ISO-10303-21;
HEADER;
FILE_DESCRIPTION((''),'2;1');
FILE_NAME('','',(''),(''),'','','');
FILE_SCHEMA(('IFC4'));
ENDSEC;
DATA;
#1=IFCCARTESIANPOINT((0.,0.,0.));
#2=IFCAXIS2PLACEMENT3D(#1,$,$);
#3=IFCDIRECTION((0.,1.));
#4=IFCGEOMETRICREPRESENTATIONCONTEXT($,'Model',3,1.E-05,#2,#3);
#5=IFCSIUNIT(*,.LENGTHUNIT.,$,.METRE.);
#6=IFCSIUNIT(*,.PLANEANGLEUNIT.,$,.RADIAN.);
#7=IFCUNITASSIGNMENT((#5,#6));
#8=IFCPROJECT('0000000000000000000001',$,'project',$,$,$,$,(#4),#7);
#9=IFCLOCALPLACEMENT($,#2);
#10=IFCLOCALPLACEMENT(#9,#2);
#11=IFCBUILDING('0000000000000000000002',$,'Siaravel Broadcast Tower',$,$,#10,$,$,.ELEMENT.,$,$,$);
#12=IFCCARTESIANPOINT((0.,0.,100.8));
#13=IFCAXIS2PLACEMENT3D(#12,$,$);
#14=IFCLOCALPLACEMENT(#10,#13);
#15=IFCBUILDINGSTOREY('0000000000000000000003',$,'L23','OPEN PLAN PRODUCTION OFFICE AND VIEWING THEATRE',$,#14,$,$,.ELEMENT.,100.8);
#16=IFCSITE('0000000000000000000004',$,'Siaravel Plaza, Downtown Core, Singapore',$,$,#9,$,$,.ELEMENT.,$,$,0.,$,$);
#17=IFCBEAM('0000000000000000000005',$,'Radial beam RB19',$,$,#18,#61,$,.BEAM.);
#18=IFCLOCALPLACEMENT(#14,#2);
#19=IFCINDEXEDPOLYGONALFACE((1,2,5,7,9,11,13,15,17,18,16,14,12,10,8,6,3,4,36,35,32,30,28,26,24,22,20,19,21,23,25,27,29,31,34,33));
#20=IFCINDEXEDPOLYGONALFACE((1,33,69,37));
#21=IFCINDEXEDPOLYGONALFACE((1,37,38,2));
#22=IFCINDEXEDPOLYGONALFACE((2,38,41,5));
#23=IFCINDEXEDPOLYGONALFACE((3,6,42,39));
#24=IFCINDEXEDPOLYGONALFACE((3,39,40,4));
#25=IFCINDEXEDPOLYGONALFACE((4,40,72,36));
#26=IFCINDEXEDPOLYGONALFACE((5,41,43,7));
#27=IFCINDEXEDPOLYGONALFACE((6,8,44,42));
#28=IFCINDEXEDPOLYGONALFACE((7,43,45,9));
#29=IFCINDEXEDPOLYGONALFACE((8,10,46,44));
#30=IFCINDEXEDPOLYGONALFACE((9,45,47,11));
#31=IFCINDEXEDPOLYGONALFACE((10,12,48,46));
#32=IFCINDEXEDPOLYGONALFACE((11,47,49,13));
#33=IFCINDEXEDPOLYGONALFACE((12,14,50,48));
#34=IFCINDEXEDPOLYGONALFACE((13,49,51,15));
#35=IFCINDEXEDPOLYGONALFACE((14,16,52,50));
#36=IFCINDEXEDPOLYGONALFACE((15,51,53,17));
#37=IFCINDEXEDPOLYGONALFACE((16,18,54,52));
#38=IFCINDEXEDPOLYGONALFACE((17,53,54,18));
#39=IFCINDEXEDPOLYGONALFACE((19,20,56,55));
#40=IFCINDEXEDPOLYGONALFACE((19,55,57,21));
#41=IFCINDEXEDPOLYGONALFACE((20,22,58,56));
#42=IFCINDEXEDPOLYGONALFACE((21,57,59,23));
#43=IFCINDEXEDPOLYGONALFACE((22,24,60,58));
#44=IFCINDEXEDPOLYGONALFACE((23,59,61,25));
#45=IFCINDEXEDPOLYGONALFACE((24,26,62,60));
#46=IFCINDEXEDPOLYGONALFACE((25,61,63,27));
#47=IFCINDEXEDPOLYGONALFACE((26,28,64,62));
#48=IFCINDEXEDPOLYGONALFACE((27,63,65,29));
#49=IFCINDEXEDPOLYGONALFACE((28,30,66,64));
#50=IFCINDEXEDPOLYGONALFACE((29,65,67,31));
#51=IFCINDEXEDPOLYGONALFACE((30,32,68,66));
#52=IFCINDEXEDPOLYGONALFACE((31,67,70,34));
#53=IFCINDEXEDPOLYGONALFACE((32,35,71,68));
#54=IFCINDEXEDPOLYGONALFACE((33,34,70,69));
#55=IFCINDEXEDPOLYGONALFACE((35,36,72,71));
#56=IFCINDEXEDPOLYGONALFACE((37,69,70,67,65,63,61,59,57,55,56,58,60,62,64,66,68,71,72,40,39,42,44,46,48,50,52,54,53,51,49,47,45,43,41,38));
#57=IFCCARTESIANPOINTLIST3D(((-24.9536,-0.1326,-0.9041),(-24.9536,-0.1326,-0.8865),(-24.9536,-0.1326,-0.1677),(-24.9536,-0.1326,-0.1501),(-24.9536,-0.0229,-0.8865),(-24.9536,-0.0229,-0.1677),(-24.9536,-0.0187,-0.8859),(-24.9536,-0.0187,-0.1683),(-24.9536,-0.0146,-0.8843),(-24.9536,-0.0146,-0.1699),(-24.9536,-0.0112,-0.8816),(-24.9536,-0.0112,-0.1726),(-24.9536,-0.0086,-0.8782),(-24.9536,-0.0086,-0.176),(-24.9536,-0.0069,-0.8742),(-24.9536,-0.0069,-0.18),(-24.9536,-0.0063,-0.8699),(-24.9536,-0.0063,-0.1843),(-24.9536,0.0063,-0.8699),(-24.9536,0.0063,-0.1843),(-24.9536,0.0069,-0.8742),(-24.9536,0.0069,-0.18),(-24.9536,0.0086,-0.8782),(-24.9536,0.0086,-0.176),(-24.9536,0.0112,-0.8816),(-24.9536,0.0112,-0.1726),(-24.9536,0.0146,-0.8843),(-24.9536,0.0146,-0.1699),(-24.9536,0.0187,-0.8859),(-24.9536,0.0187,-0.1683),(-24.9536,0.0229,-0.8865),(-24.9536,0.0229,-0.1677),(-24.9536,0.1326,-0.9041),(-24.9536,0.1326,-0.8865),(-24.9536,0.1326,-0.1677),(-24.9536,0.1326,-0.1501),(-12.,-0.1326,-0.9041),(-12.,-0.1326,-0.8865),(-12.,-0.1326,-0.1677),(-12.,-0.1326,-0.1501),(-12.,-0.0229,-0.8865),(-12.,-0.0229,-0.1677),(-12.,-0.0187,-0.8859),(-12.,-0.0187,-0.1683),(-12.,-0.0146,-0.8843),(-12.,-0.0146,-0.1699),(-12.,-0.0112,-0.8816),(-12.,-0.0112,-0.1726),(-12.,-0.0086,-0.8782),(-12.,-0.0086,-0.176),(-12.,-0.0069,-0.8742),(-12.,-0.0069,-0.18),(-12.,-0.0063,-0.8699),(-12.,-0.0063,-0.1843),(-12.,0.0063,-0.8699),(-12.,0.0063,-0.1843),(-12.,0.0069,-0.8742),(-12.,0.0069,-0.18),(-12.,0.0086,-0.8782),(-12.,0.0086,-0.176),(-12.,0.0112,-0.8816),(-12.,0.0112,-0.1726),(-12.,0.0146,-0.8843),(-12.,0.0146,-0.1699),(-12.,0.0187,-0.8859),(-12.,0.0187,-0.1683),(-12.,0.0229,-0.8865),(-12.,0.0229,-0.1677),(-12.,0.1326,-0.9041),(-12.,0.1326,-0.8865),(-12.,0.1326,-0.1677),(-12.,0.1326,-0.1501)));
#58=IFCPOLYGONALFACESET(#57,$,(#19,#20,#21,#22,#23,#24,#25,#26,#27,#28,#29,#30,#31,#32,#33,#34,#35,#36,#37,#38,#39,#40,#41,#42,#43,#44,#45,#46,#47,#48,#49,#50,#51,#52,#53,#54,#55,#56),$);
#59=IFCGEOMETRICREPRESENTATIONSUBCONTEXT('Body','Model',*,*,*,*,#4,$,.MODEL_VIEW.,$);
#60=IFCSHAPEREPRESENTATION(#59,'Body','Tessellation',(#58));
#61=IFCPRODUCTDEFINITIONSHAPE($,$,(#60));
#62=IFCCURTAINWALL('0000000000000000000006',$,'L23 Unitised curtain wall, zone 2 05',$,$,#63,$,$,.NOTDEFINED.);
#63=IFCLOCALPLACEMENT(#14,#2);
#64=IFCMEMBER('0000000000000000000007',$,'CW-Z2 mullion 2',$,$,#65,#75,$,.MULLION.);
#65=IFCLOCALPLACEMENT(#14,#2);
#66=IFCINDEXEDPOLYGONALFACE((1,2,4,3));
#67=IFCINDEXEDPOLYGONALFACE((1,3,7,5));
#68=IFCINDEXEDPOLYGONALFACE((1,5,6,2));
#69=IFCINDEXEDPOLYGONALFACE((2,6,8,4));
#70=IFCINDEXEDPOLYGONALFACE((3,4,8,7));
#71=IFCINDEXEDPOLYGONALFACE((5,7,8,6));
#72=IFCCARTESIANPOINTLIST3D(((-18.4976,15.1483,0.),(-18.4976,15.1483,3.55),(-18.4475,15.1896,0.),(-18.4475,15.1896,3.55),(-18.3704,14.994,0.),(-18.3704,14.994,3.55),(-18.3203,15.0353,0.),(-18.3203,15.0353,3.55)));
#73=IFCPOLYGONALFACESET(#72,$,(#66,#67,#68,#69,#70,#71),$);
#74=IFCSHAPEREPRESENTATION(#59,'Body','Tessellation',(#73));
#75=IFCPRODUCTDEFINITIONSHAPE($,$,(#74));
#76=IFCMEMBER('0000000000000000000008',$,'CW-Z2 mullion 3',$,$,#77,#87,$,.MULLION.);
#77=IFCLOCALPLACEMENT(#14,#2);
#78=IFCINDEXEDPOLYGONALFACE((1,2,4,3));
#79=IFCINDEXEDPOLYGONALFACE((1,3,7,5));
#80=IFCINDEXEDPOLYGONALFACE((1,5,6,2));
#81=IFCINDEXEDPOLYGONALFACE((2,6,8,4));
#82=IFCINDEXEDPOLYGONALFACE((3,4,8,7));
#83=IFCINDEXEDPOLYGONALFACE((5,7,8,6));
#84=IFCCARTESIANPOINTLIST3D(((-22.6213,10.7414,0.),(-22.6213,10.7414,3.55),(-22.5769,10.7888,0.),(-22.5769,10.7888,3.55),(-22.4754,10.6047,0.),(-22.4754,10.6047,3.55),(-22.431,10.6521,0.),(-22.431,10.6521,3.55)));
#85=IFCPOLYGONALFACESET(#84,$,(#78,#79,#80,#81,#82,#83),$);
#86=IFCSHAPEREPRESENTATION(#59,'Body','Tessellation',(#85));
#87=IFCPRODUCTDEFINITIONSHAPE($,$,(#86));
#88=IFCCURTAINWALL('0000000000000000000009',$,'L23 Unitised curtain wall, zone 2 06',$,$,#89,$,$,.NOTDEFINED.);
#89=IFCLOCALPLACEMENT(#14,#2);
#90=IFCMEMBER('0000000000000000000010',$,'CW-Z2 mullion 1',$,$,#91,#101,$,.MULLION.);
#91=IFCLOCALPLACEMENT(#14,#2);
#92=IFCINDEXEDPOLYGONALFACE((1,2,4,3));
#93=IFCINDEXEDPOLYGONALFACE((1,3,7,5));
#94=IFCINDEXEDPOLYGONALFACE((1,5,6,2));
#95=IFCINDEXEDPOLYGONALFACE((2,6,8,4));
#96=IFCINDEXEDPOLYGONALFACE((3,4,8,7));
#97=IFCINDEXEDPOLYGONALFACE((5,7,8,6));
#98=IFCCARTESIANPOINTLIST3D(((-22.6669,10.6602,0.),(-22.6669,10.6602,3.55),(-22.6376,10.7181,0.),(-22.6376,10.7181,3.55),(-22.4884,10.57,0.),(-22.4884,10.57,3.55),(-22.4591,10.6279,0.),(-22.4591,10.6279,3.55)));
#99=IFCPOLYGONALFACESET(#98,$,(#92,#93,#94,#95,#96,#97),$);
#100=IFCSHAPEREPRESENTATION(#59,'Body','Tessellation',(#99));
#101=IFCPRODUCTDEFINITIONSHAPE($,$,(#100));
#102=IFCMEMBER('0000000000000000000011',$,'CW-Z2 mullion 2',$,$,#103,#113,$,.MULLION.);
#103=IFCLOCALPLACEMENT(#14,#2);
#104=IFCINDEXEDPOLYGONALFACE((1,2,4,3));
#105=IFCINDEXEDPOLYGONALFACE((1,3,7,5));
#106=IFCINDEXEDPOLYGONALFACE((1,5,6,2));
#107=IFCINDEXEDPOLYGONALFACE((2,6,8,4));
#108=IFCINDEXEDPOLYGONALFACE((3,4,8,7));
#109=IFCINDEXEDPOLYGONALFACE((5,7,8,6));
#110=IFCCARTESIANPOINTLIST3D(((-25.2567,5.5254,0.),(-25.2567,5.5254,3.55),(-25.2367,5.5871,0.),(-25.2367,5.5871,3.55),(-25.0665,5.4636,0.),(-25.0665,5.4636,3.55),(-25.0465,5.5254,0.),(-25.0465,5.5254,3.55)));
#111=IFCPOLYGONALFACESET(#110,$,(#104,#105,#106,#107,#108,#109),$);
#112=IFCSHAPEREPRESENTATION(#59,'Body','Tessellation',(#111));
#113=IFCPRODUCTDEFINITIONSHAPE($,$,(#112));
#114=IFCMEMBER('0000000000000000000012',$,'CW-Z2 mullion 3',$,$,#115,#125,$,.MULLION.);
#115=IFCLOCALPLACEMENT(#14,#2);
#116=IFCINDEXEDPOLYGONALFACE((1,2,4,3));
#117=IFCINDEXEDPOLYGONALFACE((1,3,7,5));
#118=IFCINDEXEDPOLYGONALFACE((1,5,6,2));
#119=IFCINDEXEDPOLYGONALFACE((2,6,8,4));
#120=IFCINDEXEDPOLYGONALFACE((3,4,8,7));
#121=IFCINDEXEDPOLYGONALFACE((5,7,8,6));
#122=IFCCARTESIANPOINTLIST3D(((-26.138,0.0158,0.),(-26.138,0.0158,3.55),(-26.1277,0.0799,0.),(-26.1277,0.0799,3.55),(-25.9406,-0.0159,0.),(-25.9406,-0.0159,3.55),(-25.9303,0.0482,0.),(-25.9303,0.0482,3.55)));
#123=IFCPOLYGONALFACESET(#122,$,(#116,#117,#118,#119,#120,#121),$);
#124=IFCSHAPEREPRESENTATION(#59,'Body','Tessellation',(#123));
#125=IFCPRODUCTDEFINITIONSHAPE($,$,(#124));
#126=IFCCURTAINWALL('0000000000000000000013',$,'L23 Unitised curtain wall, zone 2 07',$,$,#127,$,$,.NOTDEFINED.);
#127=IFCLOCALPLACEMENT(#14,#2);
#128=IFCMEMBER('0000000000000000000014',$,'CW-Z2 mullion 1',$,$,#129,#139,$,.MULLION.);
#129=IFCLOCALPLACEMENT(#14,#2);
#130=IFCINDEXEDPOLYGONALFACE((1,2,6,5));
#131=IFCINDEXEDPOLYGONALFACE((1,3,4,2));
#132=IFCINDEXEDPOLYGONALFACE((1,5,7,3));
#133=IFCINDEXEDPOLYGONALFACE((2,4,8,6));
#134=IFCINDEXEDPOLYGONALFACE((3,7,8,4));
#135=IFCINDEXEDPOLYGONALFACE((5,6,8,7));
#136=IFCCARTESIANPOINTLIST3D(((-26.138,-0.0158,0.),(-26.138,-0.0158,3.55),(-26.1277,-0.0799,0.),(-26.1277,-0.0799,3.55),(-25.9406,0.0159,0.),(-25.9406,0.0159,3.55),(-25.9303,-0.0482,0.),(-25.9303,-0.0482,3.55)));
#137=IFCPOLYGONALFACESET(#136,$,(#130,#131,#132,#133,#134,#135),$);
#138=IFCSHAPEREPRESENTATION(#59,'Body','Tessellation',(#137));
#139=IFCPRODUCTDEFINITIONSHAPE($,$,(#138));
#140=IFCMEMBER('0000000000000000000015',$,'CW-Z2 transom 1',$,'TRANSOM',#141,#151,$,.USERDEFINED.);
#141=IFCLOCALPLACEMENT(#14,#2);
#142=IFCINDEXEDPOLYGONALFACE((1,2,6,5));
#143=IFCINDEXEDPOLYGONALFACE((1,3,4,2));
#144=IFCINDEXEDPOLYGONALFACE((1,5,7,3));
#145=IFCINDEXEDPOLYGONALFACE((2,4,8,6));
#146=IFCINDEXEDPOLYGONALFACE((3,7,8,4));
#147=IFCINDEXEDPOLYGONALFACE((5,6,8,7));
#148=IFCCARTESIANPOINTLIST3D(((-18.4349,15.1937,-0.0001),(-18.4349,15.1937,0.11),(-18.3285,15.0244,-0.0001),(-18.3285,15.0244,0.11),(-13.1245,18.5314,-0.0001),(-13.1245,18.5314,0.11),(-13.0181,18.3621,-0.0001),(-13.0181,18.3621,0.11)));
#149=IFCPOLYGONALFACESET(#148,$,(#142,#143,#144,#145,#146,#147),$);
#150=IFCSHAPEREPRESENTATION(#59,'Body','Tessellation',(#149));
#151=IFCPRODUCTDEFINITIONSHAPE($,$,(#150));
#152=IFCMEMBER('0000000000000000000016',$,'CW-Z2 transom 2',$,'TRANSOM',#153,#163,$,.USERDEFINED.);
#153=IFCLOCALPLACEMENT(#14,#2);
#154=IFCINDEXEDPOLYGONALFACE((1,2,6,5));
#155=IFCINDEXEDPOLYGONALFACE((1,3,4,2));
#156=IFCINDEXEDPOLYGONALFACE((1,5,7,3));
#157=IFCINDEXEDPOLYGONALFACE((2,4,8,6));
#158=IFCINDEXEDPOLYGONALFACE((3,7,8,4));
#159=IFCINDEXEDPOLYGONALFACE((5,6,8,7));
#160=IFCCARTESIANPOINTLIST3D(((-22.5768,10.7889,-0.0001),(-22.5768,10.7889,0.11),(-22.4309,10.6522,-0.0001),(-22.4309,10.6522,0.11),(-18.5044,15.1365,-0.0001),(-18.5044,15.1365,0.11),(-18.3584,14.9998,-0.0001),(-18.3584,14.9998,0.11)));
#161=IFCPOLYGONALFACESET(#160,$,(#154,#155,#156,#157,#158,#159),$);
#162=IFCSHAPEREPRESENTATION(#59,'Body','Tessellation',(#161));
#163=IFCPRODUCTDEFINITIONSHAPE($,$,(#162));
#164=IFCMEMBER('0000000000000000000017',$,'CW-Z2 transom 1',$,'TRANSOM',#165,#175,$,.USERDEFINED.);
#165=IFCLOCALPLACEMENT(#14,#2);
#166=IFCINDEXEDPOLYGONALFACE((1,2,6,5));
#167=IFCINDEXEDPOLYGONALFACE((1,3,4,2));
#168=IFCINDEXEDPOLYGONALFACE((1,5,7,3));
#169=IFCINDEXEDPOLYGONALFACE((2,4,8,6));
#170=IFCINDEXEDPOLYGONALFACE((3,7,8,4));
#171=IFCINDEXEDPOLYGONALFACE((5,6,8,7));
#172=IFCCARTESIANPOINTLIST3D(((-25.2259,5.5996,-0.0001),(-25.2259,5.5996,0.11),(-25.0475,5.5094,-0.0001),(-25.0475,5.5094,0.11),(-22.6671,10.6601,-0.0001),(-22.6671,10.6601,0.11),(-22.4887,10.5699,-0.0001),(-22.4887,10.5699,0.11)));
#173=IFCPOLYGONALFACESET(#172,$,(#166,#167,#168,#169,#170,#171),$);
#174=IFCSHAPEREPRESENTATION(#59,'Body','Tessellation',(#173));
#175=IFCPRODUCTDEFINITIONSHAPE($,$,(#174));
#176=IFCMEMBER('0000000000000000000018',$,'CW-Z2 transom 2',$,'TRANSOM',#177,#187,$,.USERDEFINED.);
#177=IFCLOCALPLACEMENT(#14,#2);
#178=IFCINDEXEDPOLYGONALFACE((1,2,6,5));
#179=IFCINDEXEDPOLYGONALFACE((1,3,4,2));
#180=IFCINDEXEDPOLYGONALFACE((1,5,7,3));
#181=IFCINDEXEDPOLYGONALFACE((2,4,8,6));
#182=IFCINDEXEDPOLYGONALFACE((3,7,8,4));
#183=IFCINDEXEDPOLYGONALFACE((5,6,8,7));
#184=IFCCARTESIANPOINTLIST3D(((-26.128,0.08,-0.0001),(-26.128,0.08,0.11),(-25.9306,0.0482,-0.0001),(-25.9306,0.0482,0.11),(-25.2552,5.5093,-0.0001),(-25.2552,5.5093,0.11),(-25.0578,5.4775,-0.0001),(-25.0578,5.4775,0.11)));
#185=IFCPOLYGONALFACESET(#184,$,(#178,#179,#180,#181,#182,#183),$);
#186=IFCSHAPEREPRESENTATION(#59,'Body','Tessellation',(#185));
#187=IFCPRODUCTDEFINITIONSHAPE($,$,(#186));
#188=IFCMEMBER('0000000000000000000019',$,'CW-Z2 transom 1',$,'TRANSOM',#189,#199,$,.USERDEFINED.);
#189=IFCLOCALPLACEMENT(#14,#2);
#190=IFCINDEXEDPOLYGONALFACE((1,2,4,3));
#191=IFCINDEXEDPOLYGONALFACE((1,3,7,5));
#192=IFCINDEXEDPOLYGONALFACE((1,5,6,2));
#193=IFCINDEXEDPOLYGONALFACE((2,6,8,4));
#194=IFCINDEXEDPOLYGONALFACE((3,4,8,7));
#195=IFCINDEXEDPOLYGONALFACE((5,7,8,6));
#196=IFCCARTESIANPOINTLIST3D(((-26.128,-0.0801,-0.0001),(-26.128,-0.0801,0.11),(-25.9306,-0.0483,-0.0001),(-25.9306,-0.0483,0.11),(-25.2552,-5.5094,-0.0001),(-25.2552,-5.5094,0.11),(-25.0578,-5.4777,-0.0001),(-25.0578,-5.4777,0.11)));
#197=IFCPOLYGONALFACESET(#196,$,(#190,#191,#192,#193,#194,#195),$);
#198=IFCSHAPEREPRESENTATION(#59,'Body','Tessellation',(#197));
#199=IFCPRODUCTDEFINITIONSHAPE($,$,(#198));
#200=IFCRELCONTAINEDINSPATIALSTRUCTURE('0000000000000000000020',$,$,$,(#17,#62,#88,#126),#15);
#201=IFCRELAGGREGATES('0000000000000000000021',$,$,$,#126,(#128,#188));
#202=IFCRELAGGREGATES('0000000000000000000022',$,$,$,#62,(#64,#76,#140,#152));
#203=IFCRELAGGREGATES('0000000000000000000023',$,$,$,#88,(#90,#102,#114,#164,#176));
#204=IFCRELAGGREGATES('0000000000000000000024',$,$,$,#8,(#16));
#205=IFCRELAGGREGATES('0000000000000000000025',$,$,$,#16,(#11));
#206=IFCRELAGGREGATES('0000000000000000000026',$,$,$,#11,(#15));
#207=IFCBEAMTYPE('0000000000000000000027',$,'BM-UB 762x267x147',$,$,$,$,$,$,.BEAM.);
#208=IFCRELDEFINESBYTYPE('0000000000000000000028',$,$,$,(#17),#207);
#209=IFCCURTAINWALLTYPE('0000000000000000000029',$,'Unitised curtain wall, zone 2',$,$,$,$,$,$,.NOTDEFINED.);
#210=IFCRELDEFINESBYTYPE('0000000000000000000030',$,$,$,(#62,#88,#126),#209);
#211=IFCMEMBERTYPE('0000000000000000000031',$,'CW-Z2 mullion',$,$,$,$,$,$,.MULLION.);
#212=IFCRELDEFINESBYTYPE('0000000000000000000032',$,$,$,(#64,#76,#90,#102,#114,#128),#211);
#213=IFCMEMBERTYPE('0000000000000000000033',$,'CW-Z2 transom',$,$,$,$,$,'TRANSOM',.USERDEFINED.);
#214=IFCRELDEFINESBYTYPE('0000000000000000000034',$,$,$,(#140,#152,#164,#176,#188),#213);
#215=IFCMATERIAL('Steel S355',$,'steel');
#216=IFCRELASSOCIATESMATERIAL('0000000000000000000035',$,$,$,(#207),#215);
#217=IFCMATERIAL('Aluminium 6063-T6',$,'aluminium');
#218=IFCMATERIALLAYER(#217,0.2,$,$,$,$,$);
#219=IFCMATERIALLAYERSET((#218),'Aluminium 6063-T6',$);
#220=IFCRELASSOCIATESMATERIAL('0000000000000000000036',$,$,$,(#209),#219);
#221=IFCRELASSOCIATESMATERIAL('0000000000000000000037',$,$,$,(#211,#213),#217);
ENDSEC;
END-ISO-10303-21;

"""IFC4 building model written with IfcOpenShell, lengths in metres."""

from ifc_helpers import new_model, si_unit, direction, frame, origin, origin_2d, place, context, subcontext, project, spatial, rectangle, i_section, extrude, material, layer, layer_set, material_profile, profile_set, type_object, element, aggregate, save


model = new_model("IFC4")

# Units and contexts
model_context = context("Model", 3, precision=1e-05, world=origin(), true_north=direction((0.0, 1.0)))
body_context = subcontext(model_context, "Body", "Model", "MODEL_VIEW")
ifc_project = project(units=[si_unit("LENGTHUNIT", "METRE"), si_unit("PLANEANGLEUNIT", "RADIAN")], contexts=[model_context])

# Site, building, storey
site_placement = place(None, origin())
site = spatial("IfcSite", under=ifc_project, at=site_placement, Name="Siaravel Plaza, Downtown Core, Singapore", CompositionType="ELEMENT", RefElevation=0.0)
building_placement = place(site_placement, origin())
building = spatial("IfcBuilding", under=site, at=building_placement, Name="Siaravel Broadcast Tower", CompositionType="ELEMENT")
storey_placement = place(building_placement, frame((0.0, 0.0, 100.8)))
storey = spatial("IfcBuildingStorey", under=building, at=storey_placement, Name="L23", Description="OPEN PLAN PRODUCTION OFFICE AND VIEWING THEATRE", CompositionType="ELEMENT", Elevation=100.8)

# Beam
ifc_material_1 = material(Name="Steel S355", Category="steel")
ifc_material_profile_1 = material_profile(ifc_material_1, i_section(OverallWidth=0.2651, OverallDepth=0.7539, WebThickness=0.0127, FlangeThickness=0.0176, FilletRadius=0.0166, at=origin_2d()))
ifc_profile_set_1 = profile_set([ifc_material_profile_1], Name="Steel S355")
beam_type = type_object("IfcBeamType", Name="BM-UB 762x267x147", PredefinedType="BEAM", material=ifc_profile_set_1)
beam_1_placement = place(storey_placement, frame((-24.9536, 0.0, -0.5271), z_axis=(1.0, 0.0, 0.0), x_axis=(0.0, 1.0, 0.0)))
element("IfcBeam", 1, at=beam_1_placement, inside=storey, type_object=beam_type, Name="Radial beam RB19", PredefinedType="BEAM", context=body_context, shape_type="SweptSolid", body=[
    extrude(i_section(OverallWidth=0.2651, OverallDepth=0.7539, WebThickness=0.0127, FlangeThickness=0.0176, FilletRadius=0.0166, at=origin_2d()), origin(), (0.0, 0.0, 1.0), 12.9536),
])

# Curtain walls, members
ifc_material_2 = material(Name="Aluminium 6063-T6", Category="aluminium")
ifc_layer_1 = layer(ifc_material_2, 0.2)
ifc_layer_set_1 = layer_set([ifc_layer_1], Name="Aluminium 6063-T6")
curtain_wall_type = type_object("IfcCurtainWallType", Name="Unitised curtain wall, zone 2", PredefinedType="NOTDEFINED", material=ifc_layer_set_1)
curtain_wall_1_placement = place(storey_placement, origin())
curtain_wall_1 = element("IfcCurtainWall", 2, at=curtain_wall_1_placement, inside=storey, type_object=curtain_wall_type, Name="L23 Unitised curtain wall, zone 2 05", PredefinedType="NOTDEFINED")
ifc_material_profile_2 = material_profile(ifc_material_2, rectangle(XDim=0.2, YDim=0.0649, at=origin_2d()))
ifc_profile_set_2 = profile_set([ifc_material_profile_2], Name="Aluminium 6063-T6")
member_type_1 = type_object("IfcMemberType", Name="CW-Z2 mullion", PredefinedType="MULLION", material=ifc_profile_set_2)
member_1_placement = place(storey_placement, frame((-18.4089, 15.0918, 0.0), z_axis=(0.0, 0.0, 1.0), x_axis=(0.636218, -0.771509, 0.0)))
member_1 = element("IfcMember", 3, at=member_1_placement, type_object=member_type_1, Name="CW-Z2 mullion 2", PredefinedType="MULLION", context=body_context, shape_type="SweptSolid", body=[
    extrude(rectangle(XDim=0.2, YDim=0.0649, at=origin_2d()), origin(), (0.0, 0.0, 1.0), 3.55),
])
member_2_placement = place(storey_placement, frame((-22.5261, 10.6968, 0.0), z_axis=(0.0, 0.0, 1.0), x_axis=(0.729805, -0.683656, 0.0)))
member_2 = element("IfcMember", 4, at=member_2_placement, type_object=member_type_1, Name="CW-Z2 mullion 3", PredefinedType="MULLION", context=body_context, shape_type="SweptSolid", body=[
    extrude(rectangle(XDim=0.2, YDim=0.0649, at=origin_2d()), origin(), (0.0, 0.0, 1.0), 3.55),
])
curtain_wall_2_placement = place(storey_placement, origin())
curtain_wall_2 = element("IfcCurtainWall", 5, at=curtain_wall_2_placement, inside=storey, type_object=curtain_wall_type, Name="L23 Unitised curtain wall, zone 2 06", PredefinedType="NOTDEFINED")
member_3_placement = place(storey_placement, frame((-22.563, 10.644, 0.0), z_axis=(0.0, 0.0, 1.0), x_axis=(0.892392, -0.451261, 0.0)))
member_3 = element("IfcMember", 6, at=member_3_placement, type_object=member_type_1, Name="CW-Z2 mullion 1", PredefinedType="MULLION", context=body_context, shape_type="SweptSolid", body=[
    extrude(rectangle(XDim=0.2, YDim=0.0649, at=origin_2d()), origin(), (0.0, 0.0, 1.0), 3.55),
])
member_4_placement = place(storey_placement, frame((-25.1516, 5.5254, 0.0), z_axis=(0.0, 0.0, 1.0), x_axis=(0.951177, -0.308646, 0.0)))
member_4 = element("IfcMember", 7, at=member_4_placement, type_object=member_type_1, Name="CW-Z2 mullion 2", PredefinedType="MULLION", context=body_context, shape_type="SweptSolid", body=[
    extrude(rectangle(XDim=0.2, YDim=0.0649, at=origin_2d()), origin(), (0.0, 0.0, 1.0), 3.55),
])
member_5_placement = place(storey_placement, frame((-26.0342, 0.032, 0.0), z_axis=(0.0, 0.0, 1.0), x_axis=(0.987329, -0.158686, 0.0)))
member_5 = element("IfcMember", 8, at=member_5_placement, type_object=member_type_1, Name="CW-Z2 mullion 3", PredefinedType="MULLION", context=body_context, shape_type="SweptSolid", body=[
    extrude(rectangle(XDim=0.2, YDim=0.0649, at=origin_2d()), origin(), (0.0, 0.0, 1.0), 3.55),
])

# Curtain wall, member
curtain_wall_3_placement = place(storey_placement, origin())
curtain_wall_3 = element("IfcCurtainWall", 9, at=curtain_wall_3_placement, inside=storey, type_object=curtain_wall_type, Name="L23 Unitised curtain wall, zone 2 07", PredefinedType="NOTDEFINED")
member_6_placement = place(storey_placement, frame((-26.0342, -0.032, 0.0), z_axis=(0.0, 0.0, 1.0), x_axis=(0.987329, 0.158686, 0.0)))
member_6 = element("IfcMember", 10, at=member_6_placement, type_object=member_type_1, Name="CW-Z2 mullion 1", PredefinedType="MULLION", context=body_context, shape_type="SweptSolid", body=[
    extrude(rectangle(XDim=0.2, YDim=0.0649, at=origin_2d()), origin(), (0.0, 0.0, 1.0), 3.55),
])

# Members
ifc_material_profile_3 = material_profile(ifc_material_2, rectangle(XDim=0.2, YDim=0.1101, at=origin_2d()))
ifc_profile_set_3 = profile_set([ifc_material_profile_3], Name="Aluminium 6063-T6")
member_type_2 = type_object("IfcMemberType", Name="CW-Z2 transom", ElementType="TRANSOM", PredefinedType="USERDEFINED", material=ifc_profile_set_3)
member_7_placement = place(storey_placement, frame((-13.0713, 18.4468, 0.0549), z_axis=(-0.846655, -0.532142, 0.0), x_axis=(0.532142, -0.846655, 0.0)))
member_7 = element("IfcMember", 11, at=member_7_placement, type_object=member_type_2, Name="CW-Z2 transom 1", ObjectType="TRANSOM", PredefinedType="USERDEFINED", context=body_context, shape_type="SweptSolid", body=[
    extrude(rectangle(XDim=0.2, YDim=0.1101, at=origin_2d()), origin(), (0.0, 0.0, 1.0), 6.2722),
])
member_8_placement = place(storey_placement, frame((-18.4314, 15.0681, 0.0549), z_axis=(-0.683636, -0.729823, 0.0), x_axis=(0.729823, -0.683636, 0.0)))
member_8 = element("IfcMember", 12, at=member_8_placement, type_object=member_type_2, Name="CW-Z2 transom 2", ObjectType="TRANSOM", PredefinedType="USERDEFINED", context=body_context, shape_type="SweptSolid", body=[
    extrude(rectangle(XDim=0.2, YDim=0.1101, at=origin_2d()), origin(), (0.0, 0.0, 1.0), 5.957),
])
member_9_placement = place(storey_placement, frame((-22.5779, 10.615, 0.0549), z_axis=(-0.451239, -0.892403, 0.0), x_axis=(0.892403, -0.451239, 0.0)))
member_9 = element("IfcMember", 13, at=member_9_placement, type_object=member_type_2, Name="CW-Z2 transom 1", ObjectType="TRANSOM", PredefinedType="USERDEFINED", context=body_context, shape_type="SweptSolid", body=[
    extrude(rectangle(XDim=0.2, YDim=0.1101, at=origin_2d()), origin(), (0.0, 0.0, 1.0), 5.6707),
])
member_10_placement = place(storey_placement, frame((-25.1565, 5.4934, 0.0549), z_axis=(-0.158723, -0.987323, 0.0), x_axis=(0.987323, -0.158723, 0.0)))
member_10 = element("IfcMember", 14, at=member_10_placement, type_object=member_type_2, Name="CW-Z2 transom 2", ObjectType="TRANSOM", PredefinedType="USERDEFINED", context=body_context, shape_type="SweptSolid", body=[
    extrude(rectangle(XDim=0.2, YDim=0.1101, at=origin_2d()), origin(), (0.0, 0.0, 1.0), 5.499),
])
member_11_placement = place(storey_placement, frame((-26.0293, -0.0642, 0.0549), z_axis=(0.158723, -0.987323, 0.0), x_axis=(0.987323, 0.158723, 0.0)))
member_11 = element("IfcMember", 15, at=member_11_placement, type_object=member_type_2, Name="CW-Z2 transom 1", ObjectType="TRANSOM", PredefinedType="USERDEFINED", context=body_context, shape_type="SweptSolid", body=[
    extrude(rectangle(XDim=0.2, YDim=0.1101, at=origin_2d()), origin(), (0.0, 0.0, 1.0), 5.499),
])
aggregate(curtain_wall_3, [member_6, member_11])

aggregate(curtain_wall_1, [member_1, member_2, member_7, member_8])
aggregate(curtain_wall_2, [member_3, member_4, member_5, member_9, member_10])

save(model, "model.ifc")
